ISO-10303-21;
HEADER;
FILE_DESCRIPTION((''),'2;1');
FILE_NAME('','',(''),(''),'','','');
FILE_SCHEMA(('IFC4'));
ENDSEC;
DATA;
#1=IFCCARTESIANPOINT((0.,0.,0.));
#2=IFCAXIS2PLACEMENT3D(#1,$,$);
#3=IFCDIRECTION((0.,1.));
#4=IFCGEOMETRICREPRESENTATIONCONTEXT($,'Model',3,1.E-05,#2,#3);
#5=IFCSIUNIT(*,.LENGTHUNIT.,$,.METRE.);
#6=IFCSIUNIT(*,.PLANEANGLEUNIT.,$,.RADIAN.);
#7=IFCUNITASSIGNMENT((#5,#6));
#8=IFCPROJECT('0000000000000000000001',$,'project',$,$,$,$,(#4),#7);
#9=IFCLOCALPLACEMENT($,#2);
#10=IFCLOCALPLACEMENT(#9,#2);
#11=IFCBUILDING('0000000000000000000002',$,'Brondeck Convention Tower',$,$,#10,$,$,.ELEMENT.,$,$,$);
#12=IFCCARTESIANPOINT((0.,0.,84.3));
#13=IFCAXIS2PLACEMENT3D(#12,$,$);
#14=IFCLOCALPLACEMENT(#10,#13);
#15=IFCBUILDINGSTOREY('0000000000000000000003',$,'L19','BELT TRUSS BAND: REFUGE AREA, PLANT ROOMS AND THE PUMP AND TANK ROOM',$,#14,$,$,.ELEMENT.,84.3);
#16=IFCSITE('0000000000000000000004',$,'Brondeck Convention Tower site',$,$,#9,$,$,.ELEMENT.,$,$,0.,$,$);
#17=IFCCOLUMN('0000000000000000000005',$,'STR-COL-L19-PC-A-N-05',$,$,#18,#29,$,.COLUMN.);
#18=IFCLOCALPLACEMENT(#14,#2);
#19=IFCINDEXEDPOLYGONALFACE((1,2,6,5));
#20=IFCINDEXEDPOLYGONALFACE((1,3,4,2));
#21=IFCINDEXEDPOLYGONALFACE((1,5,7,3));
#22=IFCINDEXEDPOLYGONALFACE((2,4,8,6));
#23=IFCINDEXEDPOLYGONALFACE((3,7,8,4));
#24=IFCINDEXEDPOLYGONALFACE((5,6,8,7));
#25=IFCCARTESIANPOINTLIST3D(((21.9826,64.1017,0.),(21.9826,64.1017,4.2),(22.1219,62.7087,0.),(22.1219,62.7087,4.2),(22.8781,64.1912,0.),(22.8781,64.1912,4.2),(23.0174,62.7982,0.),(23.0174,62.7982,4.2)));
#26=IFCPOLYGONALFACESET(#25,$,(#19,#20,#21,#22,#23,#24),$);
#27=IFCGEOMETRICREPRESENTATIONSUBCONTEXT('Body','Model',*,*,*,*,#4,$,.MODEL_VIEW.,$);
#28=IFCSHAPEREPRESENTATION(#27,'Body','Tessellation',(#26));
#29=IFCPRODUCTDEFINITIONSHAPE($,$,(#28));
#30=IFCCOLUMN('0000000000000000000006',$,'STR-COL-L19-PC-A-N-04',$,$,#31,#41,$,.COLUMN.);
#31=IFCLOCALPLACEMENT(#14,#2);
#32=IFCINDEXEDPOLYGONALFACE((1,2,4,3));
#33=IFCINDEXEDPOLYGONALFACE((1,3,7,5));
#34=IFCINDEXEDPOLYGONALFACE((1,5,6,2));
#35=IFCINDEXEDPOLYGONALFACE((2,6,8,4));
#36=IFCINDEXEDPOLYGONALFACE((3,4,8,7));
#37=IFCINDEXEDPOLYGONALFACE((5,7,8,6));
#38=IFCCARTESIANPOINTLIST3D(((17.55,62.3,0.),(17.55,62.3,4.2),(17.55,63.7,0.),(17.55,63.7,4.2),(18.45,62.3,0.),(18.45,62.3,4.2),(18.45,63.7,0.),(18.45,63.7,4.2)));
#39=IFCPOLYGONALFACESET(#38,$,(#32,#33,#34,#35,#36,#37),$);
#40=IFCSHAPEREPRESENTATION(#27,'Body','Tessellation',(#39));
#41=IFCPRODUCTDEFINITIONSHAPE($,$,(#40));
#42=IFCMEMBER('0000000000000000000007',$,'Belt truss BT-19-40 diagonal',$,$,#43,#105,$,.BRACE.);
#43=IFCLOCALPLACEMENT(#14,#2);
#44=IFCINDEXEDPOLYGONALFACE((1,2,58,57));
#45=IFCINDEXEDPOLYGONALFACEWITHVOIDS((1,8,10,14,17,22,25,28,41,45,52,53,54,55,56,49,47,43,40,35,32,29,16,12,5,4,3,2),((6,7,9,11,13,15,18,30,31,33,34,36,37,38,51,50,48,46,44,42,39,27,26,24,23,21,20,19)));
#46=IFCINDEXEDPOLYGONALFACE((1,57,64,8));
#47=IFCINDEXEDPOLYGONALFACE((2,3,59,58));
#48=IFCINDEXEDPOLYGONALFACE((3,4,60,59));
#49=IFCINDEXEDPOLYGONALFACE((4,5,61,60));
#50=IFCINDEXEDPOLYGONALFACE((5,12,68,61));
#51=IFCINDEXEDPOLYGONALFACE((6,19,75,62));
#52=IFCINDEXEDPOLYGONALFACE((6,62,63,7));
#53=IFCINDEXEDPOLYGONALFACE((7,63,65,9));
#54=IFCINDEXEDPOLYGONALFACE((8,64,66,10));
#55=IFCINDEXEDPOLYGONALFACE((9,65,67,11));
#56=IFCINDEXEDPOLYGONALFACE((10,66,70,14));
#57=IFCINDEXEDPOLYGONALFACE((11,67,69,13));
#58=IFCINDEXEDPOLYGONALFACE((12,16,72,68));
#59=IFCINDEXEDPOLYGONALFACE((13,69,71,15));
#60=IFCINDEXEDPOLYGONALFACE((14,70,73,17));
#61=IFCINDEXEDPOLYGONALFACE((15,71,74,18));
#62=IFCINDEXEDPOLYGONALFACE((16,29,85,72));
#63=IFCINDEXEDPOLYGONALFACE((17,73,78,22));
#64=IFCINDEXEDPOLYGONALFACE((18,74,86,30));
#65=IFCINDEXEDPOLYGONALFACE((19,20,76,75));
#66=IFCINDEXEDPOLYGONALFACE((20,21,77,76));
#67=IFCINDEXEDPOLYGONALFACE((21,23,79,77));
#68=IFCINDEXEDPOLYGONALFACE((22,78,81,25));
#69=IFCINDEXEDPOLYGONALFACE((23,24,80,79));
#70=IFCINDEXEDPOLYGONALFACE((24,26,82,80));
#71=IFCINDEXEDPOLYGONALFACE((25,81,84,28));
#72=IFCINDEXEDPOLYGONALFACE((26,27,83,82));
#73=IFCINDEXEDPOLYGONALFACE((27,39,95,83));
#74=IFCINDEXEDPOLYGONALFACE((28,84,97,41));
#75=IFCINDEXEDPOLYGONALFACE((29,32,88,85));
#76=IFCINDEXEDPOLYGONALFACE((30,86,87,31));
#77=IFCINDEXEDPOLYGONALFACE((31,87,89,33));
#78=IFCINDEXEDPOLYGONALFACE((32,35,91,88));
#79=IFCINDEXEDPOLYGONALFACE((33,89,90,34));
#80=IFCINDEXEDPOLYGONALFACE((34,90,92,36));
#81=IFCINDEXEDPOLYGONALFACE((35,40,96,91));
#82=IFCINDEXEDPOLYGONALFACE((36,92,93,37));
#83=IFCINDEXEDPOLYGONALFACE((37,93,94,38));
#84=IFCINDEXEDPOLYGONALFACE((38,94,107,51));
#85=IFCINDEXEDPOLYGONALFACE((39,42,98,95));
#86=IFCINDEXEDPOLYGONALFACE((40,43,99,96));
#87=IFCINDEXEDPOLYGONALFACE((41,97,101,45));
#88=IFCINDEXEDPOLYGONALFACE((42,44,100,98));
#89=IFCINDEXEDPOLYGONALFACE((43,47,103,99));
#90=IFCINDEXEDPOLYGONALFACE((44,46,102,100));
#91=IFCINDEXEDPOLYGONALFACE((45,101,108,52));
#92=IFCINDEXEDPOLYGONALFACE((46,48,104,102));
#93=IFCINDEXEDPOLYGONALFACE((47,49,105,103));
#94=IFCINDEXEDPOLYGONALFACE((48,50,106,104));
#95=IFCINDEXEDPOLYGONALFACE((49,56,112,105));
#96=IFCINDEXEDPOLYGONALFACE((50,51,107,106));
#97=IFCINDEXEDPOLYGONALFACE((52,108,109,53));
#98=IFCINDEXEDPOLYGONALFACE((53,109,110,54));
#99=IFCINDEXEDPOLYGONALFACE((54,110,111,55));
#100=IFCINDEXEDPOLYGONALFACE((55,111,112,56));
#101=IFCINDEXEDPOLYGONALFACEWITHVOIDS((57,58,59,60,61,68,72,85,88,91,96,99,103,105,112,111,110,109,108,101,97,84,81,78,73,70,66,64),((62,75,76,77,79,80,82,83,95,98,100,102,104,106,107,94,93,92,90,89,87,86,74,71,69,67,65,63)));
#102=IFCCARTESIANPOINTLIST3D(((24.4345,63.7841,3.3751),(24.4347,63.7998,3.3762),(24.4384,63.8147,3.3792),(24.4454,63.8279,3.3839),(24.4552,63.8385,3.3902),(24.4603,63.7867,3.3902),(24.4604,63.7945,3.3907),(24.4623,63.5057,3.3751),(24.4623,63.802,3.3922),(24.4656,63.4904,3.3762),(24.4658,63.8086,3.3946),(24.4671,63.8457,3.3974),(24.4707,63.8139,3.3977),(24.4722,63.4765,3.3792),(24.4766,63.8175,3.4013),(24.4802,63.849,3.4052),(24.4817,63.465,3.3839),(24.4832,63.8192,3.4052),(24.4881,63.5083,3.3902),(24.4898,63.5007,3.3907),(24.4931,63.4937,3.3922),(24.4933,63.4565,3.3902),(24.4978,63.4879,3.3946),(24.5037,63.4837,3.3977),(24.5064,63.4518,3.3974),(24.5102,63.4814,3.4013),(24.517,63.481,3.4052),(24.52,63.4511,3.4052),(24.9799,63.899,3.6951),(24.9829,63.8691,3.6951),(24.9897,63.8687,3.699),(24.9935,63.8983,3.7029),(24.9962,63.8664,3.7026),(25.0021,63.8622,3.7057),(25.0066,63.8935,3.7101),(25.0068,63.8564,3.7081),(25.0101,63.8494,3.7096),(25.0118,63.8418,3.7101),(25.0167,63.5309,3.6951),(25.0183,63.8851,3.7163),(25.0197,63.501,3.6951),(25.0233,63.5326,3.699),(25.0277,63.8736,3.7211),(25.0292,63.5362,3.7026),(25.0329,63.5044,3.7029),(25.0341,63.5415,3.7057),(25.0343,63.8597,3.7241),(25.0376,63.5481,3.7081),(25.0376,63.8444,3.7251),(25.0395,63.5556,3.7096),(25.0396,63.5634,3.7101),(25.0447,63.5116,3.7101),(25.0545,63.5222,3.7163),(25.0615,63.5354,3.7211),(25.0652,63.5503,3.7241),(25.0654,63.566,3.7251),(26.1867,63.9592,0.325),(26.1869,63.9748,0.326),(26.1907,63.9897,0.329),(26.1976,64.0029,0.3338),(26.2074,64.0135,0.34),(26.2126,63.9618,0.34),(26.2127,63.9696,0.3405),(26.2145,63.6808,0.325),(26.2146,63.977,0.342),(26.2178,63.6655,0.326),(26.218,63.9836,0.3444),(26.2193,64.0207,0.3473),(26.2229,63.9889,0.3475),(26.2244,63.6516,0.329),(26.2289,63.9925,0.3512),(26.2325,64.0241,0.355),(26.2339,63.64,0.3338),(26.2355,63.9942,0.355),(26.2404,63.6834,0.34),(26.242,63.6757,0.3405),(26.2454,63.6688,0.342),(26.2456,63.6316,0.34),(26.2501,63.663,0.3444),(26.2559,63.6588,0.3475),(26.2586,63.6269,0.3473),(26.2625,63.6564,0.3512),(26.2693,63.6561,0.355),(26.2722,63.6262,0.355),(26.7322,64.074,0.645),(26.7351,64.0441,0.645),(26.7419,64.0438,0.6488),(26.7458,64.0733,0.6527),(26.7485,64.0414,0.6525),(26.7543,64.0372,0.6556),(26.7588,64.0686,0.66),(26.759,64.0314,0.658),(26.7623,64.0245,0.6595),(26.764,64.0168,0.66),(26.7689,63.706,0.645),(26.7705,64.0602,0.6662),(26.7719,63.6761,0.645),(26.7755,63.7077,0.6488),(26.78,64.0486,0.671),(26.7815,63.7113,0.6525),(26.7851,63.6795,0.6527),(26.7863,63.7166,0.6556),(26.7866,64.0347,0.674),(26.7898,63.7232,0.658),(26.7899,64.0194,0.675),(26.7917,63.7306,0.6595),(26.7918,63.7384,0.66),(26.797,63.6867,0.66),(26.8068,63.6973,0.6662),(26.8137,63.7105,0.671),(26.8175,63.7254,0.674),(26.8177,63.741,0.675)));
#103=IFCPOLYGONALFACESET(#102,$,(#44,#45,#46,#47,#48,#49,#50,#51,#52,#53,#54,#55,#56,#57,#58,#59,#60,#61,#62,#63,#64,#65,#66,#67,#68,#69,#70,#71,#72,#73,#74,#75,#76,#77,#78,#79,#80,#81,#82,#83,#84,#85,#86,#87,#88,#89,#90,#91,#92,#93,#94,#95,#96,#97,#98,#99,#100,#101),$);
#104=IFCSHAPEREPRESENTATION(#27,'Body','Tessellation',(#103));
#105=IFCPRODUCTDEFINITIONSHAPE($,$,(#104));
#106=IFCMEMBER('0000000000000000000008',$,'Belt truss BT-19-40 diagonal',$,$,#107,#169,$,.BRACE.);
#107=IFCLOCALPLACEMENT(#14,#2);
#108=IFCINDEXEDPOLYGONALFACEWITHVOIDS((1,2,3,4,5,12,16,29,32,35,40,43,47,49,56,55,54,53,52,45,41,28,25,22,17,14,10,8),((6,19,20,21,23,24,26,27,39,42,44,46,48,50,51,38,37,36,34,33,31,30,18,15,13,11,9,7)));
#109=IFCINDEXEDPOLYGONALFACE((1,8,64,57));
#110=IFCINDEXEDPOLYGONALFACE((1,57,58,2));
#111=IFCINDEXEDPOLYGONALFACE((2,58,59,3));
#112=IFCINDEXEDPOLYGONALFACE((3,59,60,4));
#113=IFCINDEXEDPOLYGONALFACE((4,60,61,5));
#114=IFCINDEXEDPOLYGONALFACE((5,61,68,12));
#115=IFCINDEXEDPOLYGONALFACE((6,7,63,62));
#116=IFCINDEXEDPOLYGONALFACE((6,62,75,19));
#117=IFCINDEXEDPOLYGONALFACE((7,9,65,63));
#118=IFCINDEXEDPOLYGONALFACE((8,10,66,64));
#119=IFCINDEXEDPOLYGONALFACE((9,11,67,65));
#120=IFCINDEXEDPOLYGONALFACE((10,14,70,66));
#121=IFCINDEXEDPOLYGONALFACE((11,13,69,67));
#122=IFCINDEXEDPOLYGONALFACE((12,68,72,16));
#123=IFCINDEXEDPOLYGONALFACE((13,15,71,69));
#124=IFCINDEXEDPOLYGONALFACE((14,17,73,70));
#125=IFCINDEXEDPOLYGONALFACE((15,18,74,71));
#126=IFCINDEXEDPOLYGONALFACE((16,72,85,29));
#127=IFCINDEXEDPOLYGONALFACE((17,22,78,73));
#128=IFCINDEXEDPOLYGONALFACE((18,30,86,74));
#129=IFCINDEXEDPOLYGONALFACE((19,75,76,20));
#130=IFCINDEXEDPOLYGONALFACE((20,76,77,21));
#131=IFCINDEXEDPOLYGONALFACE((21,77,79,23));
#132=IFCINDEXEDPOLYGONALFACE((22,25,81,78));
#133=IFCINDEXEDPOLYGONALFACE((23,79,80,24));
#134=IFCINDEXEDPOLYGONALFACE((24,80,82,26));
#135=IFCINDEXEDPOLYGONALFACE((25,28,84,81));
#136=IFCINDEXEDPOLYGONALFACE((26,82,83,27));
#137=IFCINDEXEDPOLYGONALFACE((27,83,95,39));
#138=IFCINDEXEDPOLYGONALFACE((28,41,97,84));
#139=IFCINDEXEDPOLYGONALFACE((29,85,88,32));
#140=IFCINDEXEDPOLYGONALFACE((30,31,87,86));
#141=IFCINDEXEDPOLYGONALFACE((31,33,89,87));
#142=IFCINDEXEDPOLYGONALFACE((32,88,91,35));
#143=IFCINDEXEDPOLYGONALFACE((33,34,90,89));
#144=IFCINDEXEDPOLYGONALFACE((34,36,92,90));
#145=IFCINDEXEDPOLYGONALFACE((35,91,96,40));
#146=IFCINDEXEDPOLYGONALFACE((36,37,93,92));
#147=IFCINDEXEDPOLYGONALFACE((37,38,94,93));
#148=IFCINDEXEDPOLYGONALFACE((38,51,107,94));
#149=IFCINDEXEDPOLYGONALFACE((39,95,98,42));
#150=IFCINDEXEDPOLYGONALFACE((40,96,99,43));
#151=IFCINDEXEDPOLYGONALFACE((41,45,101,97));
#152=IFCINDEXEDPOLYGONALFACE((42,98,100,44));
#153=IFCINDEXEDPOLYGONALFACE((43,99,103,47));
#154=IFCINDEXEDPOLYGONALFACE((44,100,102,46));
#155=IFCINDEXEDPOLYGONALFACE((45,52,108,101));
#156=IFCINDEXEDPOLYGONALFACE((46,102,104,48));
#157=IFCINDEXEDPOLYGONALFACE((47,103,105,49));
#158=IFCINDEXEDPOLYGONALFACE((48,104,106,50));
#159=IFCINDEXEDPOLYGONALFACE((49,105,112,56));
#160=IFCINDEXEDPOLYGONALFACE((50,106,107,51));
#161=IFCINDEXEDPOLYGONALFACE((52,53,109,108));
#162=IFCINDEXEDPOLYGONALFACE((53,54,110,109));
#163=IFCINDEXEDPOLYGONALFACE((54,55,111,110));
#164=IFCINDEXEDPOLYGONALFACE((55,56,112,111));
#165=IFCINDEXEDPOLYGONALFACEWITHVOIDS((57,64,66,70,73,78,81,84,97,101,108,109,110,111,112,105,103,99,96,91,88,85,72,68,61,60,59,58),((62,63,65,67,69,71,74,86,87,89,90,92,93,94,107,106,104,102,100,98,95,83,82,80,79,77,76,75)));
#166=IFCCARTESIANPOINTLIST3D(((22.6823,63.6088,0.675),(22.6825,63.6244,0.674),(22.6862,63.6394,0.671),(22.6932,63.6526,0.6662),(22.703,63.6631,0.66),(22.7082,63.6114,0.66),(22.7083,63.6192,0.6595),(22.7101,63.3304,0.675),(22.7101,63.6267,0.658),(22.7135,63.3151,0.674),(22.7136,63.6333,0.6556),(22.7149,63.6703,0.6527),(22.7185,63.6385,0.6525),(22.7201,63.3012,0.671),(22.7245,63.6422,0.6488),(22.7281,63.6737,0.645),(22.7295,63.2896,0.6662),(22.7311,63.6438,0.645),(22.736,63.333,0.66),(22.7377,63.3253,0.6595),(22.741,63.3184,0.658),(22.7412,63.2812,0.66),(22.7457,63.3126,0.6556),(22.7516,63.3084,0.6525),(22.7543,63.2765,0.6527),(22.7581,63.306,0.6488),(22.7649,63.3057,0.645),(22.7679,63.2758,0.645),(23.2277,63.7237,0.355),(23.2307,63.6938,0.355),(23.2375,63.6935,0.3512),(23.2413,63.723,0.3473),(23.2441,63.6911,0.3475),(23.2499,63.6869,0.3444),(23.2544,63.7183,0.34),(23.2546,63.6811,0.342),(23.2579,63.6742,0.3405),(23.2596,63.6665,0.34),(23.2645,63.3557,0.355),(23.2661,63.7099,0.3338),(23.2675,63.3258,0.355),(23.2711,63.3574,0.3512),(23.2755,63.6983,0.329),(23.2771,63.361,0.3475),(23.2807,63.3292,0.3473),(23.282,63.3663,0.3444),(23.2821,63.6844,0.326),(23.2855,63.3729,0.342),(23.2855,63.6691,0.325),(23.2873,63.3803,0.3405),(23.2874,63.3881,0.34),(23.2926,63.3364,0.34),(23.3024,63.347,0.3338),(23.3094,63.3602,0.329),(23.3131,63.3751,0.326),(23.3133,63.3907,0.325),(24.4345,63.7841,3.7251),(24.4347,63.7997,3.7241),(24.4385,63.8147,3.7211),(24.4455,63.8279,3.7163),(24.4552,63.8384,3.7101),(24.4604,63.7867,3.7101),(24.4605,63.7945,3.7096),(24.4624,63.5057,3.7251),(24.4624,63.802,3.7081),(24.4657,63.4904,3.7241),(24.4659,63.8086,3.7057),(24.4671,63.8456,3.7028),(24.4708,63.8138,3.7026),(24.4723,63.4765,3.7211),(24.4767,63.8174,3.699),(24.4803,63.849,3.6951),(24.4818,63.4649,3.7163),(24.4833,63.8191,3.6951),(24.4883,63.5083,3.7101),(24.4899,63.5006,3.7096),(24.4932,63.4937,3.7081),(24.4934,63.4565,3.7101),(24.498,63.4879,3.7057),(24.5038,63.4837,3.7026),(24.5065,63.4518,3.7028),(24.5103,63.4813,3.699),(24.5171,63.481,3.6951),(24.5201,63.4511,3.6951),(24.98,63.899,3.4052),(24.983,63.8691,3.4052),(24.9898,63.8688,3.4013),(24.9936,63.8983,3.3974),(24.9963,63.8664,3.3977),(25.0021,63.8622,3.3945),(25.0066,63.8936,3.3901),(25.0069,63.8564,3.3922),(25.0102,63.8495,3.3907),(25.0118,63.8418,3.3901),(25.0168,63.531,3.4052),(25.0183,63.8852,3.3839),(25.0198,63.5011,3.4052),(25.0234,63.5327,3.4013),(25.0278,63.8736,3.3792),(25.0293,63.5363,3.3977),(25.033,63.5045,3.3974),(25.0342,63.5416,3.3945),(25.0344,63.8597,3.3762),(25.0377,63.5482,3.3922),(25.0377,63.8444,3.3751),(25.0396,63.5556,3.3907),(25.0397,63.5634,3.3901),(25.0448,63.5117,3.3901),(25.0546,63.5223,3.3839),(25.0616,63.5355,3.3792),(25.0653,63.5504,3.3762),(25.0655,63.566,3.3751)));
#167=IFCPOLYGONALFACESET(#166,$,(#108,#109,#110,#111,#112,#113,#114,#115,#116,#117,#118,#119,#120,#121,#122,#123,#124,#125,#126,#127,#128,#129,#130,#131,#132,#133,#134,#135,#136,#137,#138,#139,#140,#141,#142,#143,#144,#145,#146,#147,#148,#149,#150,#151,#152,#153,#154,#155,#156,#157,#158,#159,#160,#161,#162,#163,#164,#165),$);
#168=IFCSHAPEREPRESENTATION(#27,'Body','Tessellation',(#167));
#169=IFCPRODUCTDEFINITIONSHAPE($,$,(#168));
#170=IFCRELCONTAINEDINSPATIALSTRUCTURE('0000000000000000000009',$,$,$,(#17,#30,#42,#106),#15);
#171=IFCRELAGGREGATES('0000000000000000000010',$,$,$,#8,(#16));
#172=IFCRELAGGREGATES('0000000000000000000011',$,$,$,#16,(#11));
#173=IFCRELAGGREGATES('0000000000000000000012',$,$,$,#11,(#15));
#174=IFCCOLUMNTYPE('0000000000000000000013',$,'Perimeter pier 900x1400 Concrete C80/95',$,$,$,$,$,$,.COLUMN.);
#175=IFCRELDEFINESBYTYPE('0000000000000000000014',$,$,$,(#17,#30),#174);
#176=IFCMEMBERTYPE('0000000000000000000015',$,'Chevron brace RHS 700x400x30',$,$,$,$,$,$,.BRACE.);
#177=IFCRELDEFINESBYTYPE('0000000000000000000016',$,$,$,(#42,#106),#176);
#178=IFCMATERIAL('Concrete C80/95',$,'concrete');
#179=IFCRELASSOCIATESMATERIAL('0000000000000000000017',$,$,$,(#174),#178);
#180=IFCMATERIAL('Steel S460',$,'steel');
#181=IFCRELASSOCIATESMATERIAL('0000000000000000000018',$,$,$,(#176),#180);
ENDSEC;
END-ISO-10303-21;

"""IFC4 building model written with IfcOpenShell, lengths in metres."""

from ifc_helpers import new_model, si_unit, direction, frame, origin, origin_2d, place, context, subcontext, project, spatial, rectangle, hollow_rectangle, extrude, material, material_profile, profile_set, type_object, element, save


model = new_model("IFC4")

# Units and contexts
model_context = context("Model", 3, precision=1e-05, world=origin(), true_north=direction((0.0, 1.0)))
body_context = subcontext(model_context, "Body", "Model", "MODEL_VIEW")
ifc_project = project(units=[si_unit("LENGTHUNIT", "METRE"), si_unit("PLANEANGLEUNIT", "RADIAN")], contexts=[model_context])

# Site, building, storey
site_placement = place(None, origin())
site = spatial("IfcSite", under=ifc_project, at=site_placement, Name="Brondeck Convention Tower site", CompositionType="ELEMENT", RefElevation=0.0)
building_placement = place(site_placement, origin())
building = spatial("IfcBuilding", under=site, at=building_placement, Name="Brondeck Convention Tower", CompositionType="ELEMENT")
storey_placement = place(building_placement, frame((0.0, 0.0, 84.3)))
storey = spatial("IfcBuildingStorey", under=building, at=storey_placement, Name="L19", Description="BELT TRUSS BAND: REFUGE AREA, PLANT ROOMS AND THE PUMP AND TANK ROOM", CompositionType="ELEMENT", Elevation=84.3)

# Columns
ifc_material_1 = material(Name="Concrete C80/95", Category="concrete")
ifc_material_profile_1 = material_profile(ifc_material_1, rectangle(XDim=0.8999, YDim=1.3999, at=origin_2d()), Name="Perimeter pier 900x1400 Concrete C80/95")
ifc_profile_set_1 = profile_set([ifc_material_profile_1], Name="Concrete C80/95")
column_type = type_object("IfcColumnType", Name="Perimeter pier 900x1400 Concrete C80/95", PredefinedType="COLUMN", material=ifc_profile_set_1)
for number, where, z_axis, x_axis, name in (
    (1, (22.5, 63.45, 0.0), (0.0, 0.0, 1.0), (-0.995037, -0.099504, 0.0), "STR-COL-L19-PC-A-N-05"),
    (2, (18.0, 63.0, 0.0), (0.0, 0.0, 1.0), (-1.0, 0.0, 0.0), "STR-COL-L19-PC-A-N-04"),
):
    element("IfcColumn", number, at=place(storey_placement, frame(where, z_axis=z_axis, x_axis=x_axis)), inside=storey, type_object=column_type, Name=name, PredefinedType="COLUMN", context=body_context, shape_type="SweptSolid", body=[
        extrude(rectangle(XDim=0.8999, YDim=1.3999, at=origin_2d()), origin(), (0.0, 0.0, 1.0), 4.2),
    ])

# Members
ifc_material_2 = material(Name="Steel S460", Category="steel")
ifc_material_profile_2 = material_profile(ifc_material_2, hollow_rectangle(XDim=0.3999, YDim=0.7, WallThickness=0.03, InnerFilletRadius=0.03, OuterFilletRadius=0.0601, at=origin_2d()), Name="RHS 700x400x30")
ifc_profile_set_2 = profile_set([ifc_material_profile_2], Name="Steel S460")
member_type_1 = type_object("IfcMemberType", Name="Chevron brace RHS 700x400x30", PredefinedType="BRACE", material=ifc_profile_set_2)
for number, where, z_axis, x_axis, name in (
    (3, (26.5022, 63.8501, 0.5), (-0.497518, -0.049703, 0.866029), (0.099408, -0.995047, 0.0), "Belt truss BT-19-40 diagonal"),
    (4, (22.9978, 63.4998, 0.5), (0.497516, 0.049772, 0.866026), (-0.099545, 0.995033, 0.0), "Belt truss BT-19-40 diagonal"),
):
    element("IfcMember", number, at=place(storey_placement, frame(where, z_axis=z_axis, x_axis=x_axis)), inside=storey, type_object=member_type_1, Name=name, PredefinedType="BRACE", context=body_context, shape_type="SweptSolid", body=[
        extrude(hollow_rectangle(XDim=0.3999, YDim=0.7, WallThickness=0.03, InnerFilletRadius=0.03, OuterFilletRadius=0.0601, at=origin_2d()), origin(), (0.0, 0.0, 1.0), 3.522),
    ])

save(model, "model.ifc")
